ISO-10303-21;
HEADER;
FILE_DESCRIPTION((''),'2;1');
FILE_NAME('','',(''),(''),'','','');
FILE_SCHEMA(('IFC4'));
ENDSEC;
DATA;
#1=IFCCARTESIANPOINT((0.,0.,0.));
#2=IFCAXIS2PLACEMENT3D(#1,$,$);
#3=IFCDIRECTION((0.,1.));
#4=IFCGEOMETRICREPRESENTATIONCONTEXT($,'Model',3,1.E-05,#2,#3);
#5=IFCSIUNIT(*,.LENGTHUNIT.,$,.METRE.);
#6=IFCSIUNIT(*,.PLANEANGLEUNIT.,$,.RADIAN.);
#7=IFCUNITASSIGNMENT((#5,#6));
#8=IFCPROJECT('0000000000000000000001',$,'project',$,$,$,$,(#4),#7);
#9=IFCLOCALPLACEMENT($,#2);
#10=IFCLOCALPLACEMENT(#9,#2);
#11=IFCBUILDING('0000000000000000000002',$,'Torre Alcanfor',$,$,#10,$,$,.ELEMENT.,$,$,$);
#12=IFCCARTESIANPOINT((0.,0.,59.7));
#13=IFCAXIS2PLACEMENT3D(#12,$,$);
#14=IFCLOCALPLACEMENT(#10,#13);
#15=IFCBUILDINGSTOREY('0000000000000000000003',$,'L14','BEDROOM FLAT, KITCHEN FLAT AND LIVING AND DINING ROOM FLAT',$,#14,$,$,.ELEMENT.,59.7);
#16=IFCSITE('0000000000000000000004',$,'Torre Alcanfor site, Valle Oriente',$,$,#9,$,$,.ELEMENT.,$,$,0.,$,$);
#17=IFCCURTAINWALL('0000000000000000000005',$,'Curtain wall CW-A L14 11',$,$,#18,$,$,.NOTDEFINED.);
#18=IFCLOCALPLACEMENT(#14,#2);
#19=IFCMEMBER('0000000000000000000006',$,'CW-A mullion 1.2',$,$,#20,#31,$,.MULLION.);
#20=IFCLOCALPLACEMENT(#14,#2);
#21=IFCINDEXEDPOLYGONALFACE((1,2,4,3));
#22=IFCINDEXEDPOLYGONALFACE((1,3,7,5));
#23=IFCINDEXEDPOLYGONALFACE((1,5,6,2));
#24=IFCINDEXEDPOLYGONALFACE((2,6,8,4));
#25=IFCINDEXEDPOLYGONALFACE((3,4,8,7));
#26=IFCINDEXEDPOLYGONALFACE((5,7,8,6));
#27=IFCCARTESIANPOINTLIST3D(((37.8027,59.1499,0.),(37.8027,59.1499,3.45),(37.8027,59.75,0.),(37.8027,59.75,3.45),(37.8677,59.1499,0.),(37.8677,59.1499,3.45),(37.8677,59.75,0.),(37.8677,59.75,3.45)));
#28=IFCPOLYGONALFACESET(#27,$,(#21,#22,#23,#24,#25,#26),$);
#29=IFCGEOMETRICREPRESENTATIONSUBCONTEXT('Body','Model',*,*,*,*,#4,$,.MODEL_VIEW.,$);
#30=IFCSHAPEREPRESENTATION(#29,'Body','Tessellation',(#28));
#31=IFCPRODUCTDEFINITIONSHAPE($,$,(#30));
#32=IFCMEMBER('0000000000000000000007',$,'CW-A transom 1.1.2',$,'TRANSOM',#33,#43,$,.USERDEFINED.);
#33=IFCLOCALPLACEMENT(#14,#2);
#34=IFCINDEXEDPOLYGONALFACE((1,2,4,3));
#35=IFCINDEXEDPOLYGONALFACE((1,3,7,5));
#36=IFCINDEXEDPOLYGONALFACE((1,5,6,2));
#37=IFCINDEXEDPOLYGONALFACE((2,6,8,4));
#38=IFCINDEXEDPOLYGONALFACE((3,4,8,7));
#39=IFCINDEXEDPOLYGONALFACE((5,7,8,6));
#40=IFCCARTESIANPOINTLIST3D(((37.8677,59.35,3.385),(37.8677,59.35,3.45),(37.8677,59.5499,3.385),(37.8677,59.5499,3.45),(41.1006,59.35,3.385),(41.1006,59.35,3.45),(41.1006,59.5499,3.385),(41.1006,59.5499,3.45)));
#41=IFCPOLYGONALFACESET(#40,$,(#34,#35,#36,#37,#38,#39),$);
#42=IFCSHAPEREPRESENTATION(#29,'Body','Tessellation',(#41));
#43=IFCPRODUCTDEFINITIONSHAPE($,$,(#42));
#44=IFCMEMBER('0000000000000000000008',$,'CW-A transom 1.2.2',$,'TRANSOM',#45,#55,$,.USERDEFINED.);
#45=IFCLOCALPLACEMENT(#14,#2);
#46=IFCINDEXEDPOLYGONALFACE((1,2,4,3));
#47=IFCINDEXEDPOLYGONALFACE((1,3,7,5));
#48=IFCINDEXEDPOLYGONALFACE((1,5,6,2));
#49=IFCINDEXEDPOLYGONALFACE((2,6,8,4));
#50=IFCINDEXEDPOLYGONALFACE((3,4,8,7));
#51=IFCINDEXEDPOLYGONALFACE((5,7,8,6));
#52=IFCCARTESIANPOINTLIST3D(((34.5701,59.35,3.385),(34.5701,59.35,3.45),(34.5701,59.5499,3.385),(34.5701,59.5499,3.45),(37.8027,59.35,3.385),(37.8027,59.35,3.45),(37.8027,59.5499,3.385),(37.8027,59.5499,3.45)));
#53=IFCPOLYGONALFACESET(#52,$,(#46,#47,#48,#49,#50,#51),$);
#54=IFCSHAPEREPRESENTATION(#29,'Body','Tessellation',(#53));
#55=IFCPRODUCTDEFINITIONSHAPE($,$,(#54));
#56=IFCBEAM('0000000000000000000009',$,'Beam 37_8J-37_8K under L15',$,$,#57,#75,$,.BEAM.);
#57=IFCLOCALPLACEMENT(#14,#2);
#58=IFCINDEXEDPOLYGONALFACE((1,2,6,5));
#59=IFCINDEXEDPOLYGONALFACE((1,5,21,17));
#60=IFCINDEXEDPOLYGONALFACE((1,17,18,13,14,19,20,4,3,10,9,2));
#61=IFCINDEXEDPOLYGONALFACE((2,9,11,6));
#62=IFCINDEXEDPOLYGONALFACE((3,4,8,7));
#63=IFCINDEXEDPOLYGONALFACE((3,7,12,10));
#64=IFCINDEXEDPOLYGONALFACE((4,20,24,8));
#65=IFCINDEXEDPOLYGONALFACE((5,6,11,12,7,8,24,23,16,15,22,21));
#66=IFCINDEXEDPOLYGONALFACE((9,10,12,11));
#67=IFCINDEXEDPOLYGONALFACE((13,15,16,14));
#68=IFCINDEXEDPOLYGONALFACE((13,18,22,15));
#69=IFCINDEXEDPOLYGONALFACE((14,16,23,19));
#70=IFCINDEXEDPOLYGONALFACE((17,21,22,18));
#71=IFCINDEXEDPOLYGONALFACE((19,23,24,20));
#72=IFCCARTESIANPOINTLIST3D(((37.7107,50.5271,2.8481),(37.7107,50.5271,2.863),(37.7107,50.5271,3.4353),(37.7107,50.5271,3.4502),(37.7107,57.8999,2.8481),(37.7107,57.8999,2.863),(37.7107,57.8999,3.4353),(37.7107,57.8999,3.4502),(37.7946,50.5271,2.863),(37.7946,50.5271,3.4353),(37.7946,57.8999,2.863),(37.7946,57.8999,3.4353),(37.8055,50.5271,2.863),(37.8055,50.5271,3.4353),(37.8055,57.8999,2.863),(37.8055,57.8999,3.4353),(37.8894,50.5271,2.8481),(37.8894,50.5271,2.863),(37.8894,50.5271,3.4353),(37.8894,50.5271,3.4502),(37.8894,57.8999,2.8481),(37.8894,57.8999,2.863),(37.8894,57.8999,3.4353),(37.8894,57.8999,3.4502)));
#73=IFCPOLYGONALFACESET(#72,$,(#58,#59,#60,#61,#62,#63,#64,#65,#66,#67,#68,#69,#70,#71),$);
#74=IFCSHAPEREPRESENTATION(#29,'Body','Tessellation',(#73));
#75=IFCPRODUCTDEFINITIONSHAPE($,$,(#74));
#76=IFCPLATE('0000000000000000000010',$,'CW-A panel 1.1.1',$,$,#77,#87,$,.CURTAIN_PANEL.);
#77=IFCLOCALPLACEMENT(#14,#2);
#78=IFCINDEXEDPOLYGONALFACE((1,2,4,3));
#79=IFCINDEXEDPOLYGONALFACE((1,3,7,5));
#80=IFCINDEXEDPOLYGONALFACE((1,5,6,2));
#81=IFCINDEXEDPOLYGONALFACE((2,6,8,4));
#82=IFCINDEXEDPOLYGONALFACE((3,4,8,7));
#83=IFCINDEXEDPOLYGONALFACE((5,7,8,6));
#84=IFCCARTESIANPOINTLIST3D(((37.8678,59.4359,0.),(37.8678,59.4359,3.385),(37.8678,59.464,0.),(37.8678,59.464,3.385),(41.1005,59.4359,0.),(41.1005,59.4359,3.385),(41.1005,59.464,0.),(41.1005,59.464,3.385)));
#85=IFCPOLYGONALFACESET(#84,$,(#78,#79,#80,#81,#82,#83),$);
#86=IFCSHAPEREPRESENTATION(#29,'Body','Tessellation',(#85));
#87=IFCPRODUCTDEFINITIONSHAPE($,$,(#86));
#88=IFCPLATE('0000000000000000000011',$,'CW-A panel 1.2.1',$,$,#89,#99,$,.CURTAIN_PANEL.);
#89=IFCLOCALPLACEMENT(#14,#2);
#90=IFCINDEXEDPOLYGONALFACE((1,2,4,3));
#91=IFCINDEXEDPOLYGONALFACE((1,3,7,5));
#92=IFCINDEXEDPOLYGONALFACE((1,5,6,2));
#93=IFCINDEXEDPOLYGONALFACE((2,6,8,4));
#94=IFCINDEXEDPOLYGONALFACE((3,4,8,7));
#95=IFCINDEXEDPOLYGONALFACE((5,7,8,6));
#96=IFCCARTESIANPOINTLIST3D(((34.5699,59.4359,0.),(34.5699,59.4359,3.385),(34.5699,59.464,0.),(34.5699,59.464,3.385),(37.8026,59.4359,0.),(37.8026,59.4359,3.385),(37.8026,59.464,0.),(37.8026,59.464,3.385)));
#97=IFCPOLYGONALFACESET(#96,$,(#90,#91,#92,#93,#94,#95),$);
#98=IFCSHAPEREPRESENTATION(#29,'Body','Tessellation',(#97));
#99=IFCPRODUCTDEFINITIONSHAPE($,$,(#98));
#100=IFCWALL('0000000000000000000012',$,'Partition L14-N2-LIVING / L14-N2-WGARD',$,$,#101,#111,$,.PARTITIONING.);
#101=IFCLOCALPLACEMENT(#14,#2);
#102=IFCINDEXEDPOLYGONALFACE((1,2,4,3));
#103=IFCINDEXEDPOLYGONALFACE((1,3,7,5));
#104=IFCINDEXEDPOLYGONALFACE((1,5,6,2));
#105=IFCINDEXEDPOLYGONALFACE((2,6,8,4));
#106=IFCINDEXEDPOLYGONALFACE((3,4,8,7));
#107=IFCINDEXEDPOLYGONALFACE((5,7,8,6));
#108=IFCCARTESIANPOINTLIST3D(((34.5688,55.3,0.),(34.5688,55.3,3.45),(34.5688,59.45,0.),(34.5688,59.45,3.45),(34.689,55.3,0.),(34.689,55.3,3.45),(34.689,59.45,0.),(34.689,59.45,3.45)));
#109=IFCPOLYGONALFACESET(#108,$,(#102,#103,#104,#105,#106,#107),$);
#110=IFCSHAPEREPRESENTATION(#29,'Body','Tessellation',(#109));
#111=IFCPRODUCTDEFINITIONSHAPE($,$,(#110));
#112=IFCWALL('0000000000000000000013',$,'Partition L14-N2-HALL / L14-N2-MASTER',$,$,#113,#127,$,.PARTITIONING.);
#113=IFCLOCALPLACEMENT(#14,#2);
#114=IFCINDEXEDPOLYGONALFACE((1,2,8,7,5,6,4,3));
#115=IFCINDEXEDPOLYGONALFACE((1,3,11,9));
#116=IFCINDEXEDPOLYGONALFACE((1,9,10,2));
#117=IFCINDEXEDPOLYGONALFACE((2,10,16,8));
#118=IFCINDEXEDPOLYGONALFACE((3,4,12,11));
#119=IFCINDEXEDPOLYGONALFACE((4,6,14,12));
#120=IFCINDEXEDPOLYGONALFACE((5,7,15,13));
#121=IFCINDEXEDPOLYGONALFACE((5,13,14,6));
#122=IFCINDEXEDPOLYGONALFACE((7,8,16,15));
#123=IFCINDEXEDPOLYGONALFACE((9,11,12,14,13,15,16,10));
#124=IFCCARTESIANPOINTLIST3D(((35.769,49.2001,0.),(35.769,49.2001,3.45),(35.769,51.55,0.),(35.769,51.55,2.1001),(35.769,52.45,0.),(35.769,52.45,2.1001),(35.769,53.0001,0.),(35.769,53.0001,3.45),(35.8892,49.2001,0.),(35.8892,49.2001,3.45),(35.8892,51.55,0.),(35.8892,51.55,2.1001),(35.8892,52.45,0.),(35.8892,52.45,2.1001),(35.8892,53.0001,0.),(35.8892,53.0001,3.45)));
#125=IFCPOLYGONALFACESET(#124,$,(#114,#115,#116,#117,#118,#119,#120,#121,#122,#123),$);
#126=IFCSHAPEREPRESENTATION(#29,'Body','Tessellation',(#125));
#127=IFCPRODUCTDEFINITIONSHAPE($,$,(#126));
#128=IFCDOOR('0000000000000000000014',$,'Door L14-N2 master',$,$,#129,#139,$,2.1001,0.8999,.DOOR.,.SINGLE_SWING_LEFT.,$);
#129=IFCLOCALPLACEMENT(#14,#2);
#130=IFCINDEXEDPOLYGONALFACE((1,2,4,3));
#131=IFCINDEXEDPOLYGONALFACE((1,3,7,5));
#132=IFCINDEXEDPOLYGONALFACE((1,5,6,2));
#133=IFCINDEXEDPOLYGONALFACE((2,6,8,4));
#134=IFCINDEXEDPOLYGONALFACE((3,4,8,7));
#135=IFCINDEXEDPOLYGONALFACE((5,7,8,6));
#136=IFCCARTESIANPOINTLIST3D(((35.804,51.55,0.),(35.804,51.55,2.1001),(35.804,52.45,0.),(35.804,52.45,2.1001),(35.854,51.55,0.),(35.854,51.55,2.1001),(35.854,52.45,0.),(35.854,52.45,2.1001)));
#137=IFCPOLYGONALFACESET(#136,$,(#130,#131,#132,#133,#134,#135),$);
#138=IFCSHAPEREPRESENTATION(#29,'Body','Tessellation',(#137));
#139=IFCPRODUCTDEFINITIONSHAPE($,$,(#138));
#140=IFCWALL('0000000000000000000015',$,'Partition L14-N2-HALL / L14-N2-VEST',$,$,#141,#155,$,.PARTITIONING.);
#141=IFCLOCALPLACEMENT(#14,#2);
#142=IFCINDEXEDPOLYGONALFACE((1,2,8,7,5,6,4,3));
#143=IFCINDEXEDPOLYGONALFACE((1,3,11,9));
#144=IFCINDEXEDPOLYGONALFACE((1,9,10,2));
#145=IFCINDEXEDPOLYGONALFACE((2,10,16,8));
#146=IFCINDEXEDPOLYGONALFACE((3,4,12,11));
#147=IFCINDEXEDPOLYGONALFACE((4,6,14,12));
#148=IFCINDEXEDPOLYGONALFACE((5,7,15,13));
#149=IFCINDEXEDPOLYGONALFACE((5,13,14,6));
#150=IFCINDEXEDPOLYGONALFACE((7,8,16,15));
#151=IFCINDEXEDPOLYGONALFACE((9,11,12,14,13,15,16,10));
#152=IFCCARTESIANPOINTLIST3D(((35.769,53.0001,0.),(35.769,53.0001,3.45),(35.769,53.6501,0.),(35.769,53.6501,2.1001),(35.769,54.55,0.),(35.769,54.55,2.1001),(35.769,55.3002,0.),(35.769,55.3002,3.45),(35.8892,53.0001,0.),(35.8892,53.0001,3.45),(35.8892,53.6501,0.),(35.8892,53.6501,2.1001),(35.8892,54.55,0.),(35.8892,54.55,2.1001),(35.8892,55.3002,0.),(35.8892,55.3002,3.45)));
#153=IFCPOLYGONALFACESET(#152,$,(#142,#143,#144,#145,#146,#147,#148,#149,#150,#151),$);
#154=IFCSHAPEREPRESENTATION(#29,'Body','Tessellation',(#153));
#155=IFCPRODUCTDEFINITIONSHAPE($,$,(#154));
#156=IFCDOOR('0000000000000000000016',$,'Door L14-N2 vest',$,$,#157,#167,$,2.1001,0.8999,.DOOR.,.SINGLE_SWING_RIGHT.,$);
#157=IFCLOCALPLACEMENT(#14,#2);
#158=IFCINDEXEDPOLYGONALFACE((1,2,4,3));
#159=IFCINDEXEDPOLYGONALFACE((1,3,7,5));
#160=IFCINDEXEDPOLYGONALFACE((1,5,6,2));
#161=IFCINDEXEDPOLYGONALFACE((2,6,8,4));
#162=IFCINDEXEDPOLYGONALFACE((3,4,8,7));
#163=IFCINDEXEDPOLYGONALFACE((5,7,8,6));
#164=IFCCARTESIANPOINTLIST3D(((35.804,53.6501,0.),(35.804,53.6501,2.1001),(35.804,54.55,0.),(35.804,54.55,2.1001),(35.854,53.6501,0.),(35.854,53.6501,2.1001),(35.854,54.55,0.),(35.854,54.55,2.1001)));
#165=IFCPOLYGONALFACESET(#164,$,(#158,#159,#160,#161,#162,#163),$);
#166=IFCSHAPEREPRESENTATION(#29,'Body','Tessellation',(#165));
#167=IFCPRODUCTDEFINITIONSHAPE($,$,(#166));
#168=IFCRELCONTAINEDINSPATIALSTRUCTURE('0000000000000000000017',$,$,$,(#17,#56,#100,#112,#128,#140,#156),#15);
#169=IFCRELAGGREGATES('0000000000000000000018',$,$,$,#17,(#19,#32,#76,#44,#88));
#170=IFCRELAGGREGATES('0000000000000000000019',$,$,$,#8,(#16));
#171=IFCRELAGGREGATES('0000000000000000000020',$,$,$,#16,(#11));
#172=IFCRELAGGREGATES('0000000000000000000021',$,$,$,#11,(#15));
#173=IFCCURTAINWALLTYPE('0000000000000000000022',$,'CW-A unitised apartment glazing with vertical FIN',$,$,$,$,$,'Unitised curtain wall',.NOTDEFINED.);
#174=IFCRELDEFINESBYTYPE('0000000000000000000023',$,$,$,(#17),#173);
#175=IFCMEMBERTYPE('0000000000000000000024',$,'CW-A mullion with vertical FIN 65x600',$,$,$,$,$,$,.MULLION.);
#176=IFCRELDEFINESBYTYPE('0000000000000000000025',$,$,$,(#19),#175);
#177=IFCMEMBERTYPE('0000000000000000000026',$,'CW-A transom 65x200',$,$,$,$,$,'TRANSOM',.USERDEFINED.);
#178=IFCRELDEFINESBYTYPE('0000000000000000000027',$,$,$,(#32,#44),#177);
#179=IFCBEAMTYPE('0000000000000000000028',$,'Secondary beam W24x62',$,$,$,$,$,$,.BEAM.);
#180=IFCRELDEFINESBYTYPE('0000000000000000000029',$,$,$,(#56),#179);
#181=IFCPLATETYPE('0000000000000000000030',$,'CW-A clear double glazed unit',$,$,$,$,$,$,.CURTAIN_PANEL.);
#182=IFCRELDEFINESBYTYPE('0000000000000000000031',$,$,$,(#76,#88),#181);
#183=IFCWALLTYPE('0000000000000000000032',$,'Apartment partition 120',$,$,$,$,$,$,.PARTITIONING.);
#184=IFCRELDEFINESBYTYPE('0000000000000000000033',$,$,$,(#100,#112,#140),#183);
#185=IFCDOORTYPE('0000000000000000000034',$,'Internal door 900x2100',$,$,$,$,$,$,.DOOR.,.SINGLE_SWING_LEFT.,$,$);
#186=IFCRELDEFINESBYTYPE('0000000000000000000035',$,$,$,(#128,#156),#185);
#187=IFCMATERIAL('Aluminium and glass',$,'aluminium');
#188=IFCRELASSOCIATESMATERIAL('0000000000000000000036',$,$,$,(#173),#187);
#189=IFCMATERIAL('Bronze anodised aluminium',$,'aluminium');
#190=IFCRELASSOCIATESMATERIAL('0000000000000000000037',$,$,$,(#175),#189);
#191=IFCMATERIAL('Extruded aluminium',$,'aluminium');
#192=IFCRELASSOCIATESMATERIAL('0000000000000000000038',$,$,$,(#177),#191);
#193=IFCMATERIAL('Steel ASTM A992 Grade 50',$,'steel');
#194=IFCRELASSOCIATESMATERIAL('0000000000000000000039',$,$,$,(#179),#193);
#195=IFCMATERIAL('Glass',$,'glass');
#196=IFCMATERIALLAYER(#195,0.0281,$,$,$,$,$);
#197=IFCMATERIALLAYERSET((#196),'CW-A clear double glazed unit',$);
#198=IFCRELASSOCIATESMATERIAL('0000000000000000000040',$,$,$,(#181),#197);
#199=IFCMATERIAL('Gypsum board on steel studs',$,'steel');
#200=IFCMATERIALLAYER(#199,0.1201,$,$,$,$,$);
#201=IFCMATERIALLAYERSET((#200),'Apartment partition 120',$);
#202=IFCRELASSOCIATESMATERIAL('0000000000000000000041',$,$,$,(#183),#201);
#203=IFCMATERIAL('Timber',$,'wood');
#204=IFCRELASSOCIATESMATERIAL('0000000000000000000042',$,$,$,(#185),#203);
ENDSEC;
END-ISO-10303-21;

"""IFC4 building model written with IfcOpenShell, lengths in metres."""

from ifc_helpers import new_model, si_unit, direction, frame, frame_2d, origin, origin_2d, place, context, subcontext, project, spatial, rectangle, i_section, extrude, material, layer, layer_set, material_profile, profile_set, type_object, element, fill, aggregate, save


model = new_model("IFC4")

# Units and contexts
model_context = context("Model", 3, precision=1e-05, world=origin(), true_north=direction((0.0, 1.0)))
body_context = subcontext(model_context, "Body", "Model", "MODEL_VIEW")
ifc_project = project(units=[si_unit("LENGTHUNIT", "METRE"), si_unit("PLANEANGLEUNIT", "RADIAN")], contexts=[model_context])

# Site, building, storey
site_placement = place(None, origin())
site = spatial("IfcSite", under=ifc_project, at=site_placement, Name="Torre Alcanfor site, Valle Oriente", CompositionType="ELEMENT", RefElevation=0.0)
building_placement = place(site_placement, origin())
building = spatial("IfcBuilding", under=site, at=building_placement, Name="Torre Alcanfor", CompositionType="ELEMENT")
storey_placement = place(building_placement, frame((0.0, 0.0, 59.7)))
storey = spatial("IfcBuildingStorey", under=building, at=storey_placement, Name="L14", Description="BEDROOM FLAT, KITCHEN FLAT AND LIVING AND DINING ROOM FLAT", CompositionType="ELEMENT", Elevation=59.7)

# Curtain wall, members
ifc_material_1 = material(Name="Aluminium and glass", Category="aluminium")
curtain_wall_type = type_object("IfcCurtainWallType", Name="CW-A unitised apartment glazing with vertical FIN", ElementType="Unitised curtain wall", PredefinedType="NOTDEFINED", material=ifc_material_1)
curtain_wall_placement = place(storey_placement, origin())
curtain_wall = element("IfcCurtainWall", 1, at=curtain_wall_placement, inside=storey, type_object=curtain_wall_type, Name="Curtain wall CW-A L14 11", PredefinedType="NOTDEFINED")
ifc_material_2 = material(Name="Bronze anodised aluminium", Category="aluminium")
ifc_material_profile_1 = material_profile(ifc_material_2, rectangle(XDim=0.6001, YDim=0.0649, at=origin_2d()), Name="CW-A mullion 65x600")
ifc_profile_set_1 = profile_set([ifc_material_profile_1], Name="Bronze anodised aluminium")
member_type_1 = type_object("IfcMemberType", Name="CW-A mullion with vertical FIN 65x600", PredefinedType="MULLION", material=ifc_profile_set_1)
member_1_placement = place(storey_placement, frame((37.8352, 59.45, 0.0), z_axis=(0.0, 0.0, 1.0), x_axis=(0.0, -1.0, 0.0)))
member_1 = element("IfcMember", 2, at=member_1_placement, type_object=member_type_1, Name="CW-A mullion 1.2", PredefinedType="MULLION", context=body_context, shape_type="SweptSolid", body=[
    extrude(rectangle(XDim=0.6001, YDim=0.0649, at=origin_2d()), origin(), (0.0, 0.0, 1.0), 3.45),
])
ifc_material_3 = material(Name="Extruded aluminium", Category="aluminium")
ifc_material_profile_2 = material_profile(ifc_material_3, rectangle(XDim=0.2, YDim=0.0649, at=origin_2d()), Name="CW-A transom 200x65")
ifc_profile_set_2 = profile_set([ifc_material_profile_2], Name="Extruded aluminium")
member_type_2 = type_object("IfcMemberType", Name="CW-A transom 65x200", ElementType="TRANSOM", PredefinedType="USERDEFINED", material=ifc_profile_set_2)
member_2_placement = place(storey_placement, frame((41.1006, 59.45, 3.4175), z_axis=(-1.0, 0.0, 0.0), x_axis=(0.0, -1.0, 0.0)))
member_2 = element("IfcMember", 3, at=member_2_placement, type_object=member_type_2, Name="CW-A transom 1.1.2", ObjectType="TRANSOM", PredefinedType="USERDEFINED", context=body_context, shape_type="SweptSolid", body=[
    extrude(rectangle(XDim=0.2, YDim=0.0649, at=origin_2d()), origin(), (0.0, 0.0, 1.0), 3.2329),
])
member_3_placement = place(storey_placement, frame((37.8027, 59.45, 3.4175), z_axis=(-1.0, 0.0, 0.0), x_axis=(0.0, -1.0, 0.0)))
member_3 = element("IfcMember", 4, at=member_3_placement, type_object=member_type_2, Name="CW-A transom 1.2.2", ObjectType="TRANSOM", PredefinedType="USERDEFINED", context=body_context, shape_type="SweptSolid", body=[
    extrude(rectangle(XDim=0.2, YDim=0.0649, at=origin_2d()), origin(), (0.0, 0.0, 1.0), 3.2327),
])

# Beam
ifc_material_4 = material(Name="Steel ASTM A992 Grade 50", Category="steel")
ifc_material_profile_3 = material_profile(ifc_material_4, i_section(OverallWidth=0.1787, OverallDepth=0.6021, WebThickness=0.011, FlangeThickness=0.0149, at=origin_2d()), Name="W24x62")
ifc_profile_set_3 = profile_set([ifc_material_profile_3], Name="Steel ASTM A992 Grade 50")
beam_type = type_object("IfcBeamType", Name="Secondary beam W24x62", PredefinedType="BEAM", material=ifc_profile_set_3)
beam_placement = place(storey_placement, frame((37.8, 50.5271, 3.1492), z_axis=(0.0, 1.0, 0.0), x_axis=(-1.0, 0.0, 0.0)))
element("IfcBeam", 5, at=beam_placement, inside=storey, type_object=beam_type, Name="Beam 37_8J-37_8K under L15", PredefinedType="BEAM", context=body_context, shape_type="SweptSolid", body=[
    extrude(i_section(OverallWidth=0.1787, OverallDepth=0.6021, WebThickness=0.011, FlangeThickness=0.0149, at=origin_2d()), origin(), (0.0, 0.0, 1.0), 7.3728),
])

# Plates
ifc_material_5 = material(Name="Glass", Category="glass")
ifc_layer_1 = layer(ifc_material_5, 0.0281)
ifc_layer_set_1 = layer_set([ifc_layer_1], Name="CW-A clear double glazed unit")
plate_type = type_object("IfcPlateType", Name="CW-A clear double glazed unit", PredefinedType="CURTAIN_PANEL", material=ifc_layer_set_1)
plate_1_placement = place(storey_placement, frame((39.4841, 59.45, 0.0), z_axis=(0.0, 0.0, 1.0), x_axis=(-1.0, 0.0, 0.0)))
plate_1 = element("IfcPlate", 6, at=plate_1_placement, type_object=plate_type, Name="CW-A panel 1.1.1", PredefinedType="CURTAIN_PANEL", context=body_context, shape_type="SweptSolid", body=[
    extrude(rectangle(XDim=3.2327, YDim=0.0281, at=origin_2d()), origin(), (0.0, 0.0, 1.0), 3.385),
])
plate_2_placement = place(storey_placement, frame((36.1863, 59.45, 0.0), z_axis=(0.0, 0.0, 1.0), x_axis=(-1.0, 0.0, 0.0)))
plate_2 = element("IfcPlate", 7, at=plate_2_placement, type_object=plate_type, Name="CW-A panel 1.2.1", PredefinedType="CURTAIN_PANEL", context=body_context, shape_type="SweptSolid", body=[
    extrude(rectangle(XDim=3.2327, YDim=0.0281, at=origin_2d()), origin(), (0.0, 0.0, 1.0), 3.385),
])
aggregate(curtain_wall, [member_1, member_2, plate_1, member_3, plate_2])

# Wall
ifc_material_6 = material(Name="Gypsum board on steel studs", Category="steel")
ifc_layer_2 = layer(ifc_material_6, 0.1201)
ifc_layer_set_2 = layer_set([ifc_layer_2], Name="Apartment partition 120")
wall_type_1 = type_object("IfcWallType", Name="Apartment partition 120", PredefinedType="PARTITIONING", material=ifc_layer_set_2)
wall_1_placement = place(storey_placement, frame((34.6289, 59.45, 0.0), z_axis=(0.0, 0.0, 1.0), x_axis=(0.0, -1.0, 0.0)))
element("IfcWall", 8, at=wall_1_placement, inside=storey, type_object=wall_type_1, Name="Partition L14-N2-LIVING / L14-N2-WGARD", PredefinedType="PARTITIONING", context=body_context, shape_type="SweptSolid", body=[
    extrude(rectangle(XDim=4.1499, YDim=0.1201, at=frame_2d((2.075, 0.0))), origin(), (0.0, 0.0, 1.0), 3.45),
])

# Walls, openings, doors
wall_2_placement = place(storey_placement, frame((35.8291, 53.0, 0.0), z_axis=(0.0, 0.0, 1.0), x_axis=(0.0, -1.0, 0.0)))
wall_2 = element("IfcWall", 9, at=wall_2_placement, inside=storey, type_object=wall_type_1, Name="Partition L14-N2-HALL / L14-N2-MASTER", PredefinedType="PARTITIONING", context=body_context, shape_type="SweptSolid", body=[
    extrude(rectangle(XDim=3.8, YDim=0.1201, at=frame_2d((1.8999, 0.0))), origin(), (0.0, 0.0, 1.0), 3.45),
])
opening_1_placement = place(wall_2_placement, frame((0.55, 0.0, 0.0)))
opening_1 = element("IfcOpeningElement", 10, at=opening_1_placement, cuts=wall_2, PredefinedType="OPENING", context=body_context, shape_type="SweptSolid", body=[
    extrude(rectangle(XDim=0.8999, YDim=2.1001, at=frame_2d((0.45, 1.05))), frame((0.0, 0.0701, 0.0), z_axis=(0.0, -1.0, 0.0), x_axis=(1.0, 0.0, 0.0)), (0.0, 0.0, 1.0), 0.1401),
])
ifc_material_7 = material(Name="Timber", Category="wood")
door_type_1 = type_object("IfcDoorType", Name="Internal door 900x2100", OperationType="SINGLE_SWING_LEFT", PredefinedType="DOOR", material=ifc_material_7)
door_1_placement = place(opening_1_placement, origin())
door_1 = element("IfcDoor", 11, at=door_1_placement, inside=storey, type_object=door_type_1, Name="Door L14-N2 master", OperationType="SINGLE_SWING_LEFT", OverallHeight=2.1001, OverallWidth=0.8999, PredefinedType="DOOR", context=body_context, shape_type="SweptSolid", body=[
    extrude(rectangle(XDim=0.8999, YDim=2.1001, at=frame_2d((0.45, 1.05))), frame((0.0, 0.0249, 0.0), z_axis=(0.0, -1.0, 0.0), x_axis=(1.0, 0.0, 0.0)), (0.0, 0.0, 1.0), 0.05),
])
fill(opening_1, door_1)
wall_3_placement = place(storey_placement, frame((35.8291, 55.3, 0.0), z_axis=(0.0, 0.0, 1.0), x_axis=(0.0, -1.0, 0.0)))
wall_3 = element("IfcWall", 12, at=wall_3_placement, inside=storey, type_object=wall_type_1, Name="Partition L14-N2-HALL / L14-N2-VEST", PredefinedType="PARTITIONING", context=body_context, shape_type="SweptSolid", body=[
    extrude(rectangle(XDim=2.3, YDim=0.1201, at=frame_2d((1.1499, 0.0))), origin(), (0.0, 0.0, 1.0), 3.45),
])
opening_2_placement = place(wall_3_placement, frame((0.75, 0.0, 0.0)))
opening_2 = element("IfcOpeningElement", 13, at=opening_2_placement, cuts=wall_3, PredefinedType="OPENING", context=body_context, shape_type="SweptSolid", body=[
    extrude(rectangle(XDim=0.8999, YDim=2.1001, at=frame_2d((0.45, 1.05))), frame((0.0, 0.0701, 0.0), z_axis=(0.0, -1.0, 0.0), x_axis=(1.0, 0.0, 0.0)), (0.0, 0.0, 1.0), 0.1401),
])
door_2_placement = place(opening_2_placement, origin())
door_2 = element("IfcDoor", 14, at=door_2_placement, inside=storey, type_object=door_type_1, Name="Door L14-N2 vest", OperationType="SINGLE_SWING_RIGHT", OverallHeight=2.1001, OverallWidth=0.8999, PredefinedType="DOOR", context=body_context, shape_type="SweptSolid", body=[
    extrude(rectangle(XDim=0.8999, YDim=2.1001, at=frame_2d((0.45, 1.05))), frame((0.0, 0.0249, 0.0), z_axis=(0.0, -1.0, 0.0), x_axis=(1.0, 0.0, 0.0)), (0.0, 0.0, 1.0), 0.05),
])
fill(opening_2, door_2)

save(model, "model.ifc")
